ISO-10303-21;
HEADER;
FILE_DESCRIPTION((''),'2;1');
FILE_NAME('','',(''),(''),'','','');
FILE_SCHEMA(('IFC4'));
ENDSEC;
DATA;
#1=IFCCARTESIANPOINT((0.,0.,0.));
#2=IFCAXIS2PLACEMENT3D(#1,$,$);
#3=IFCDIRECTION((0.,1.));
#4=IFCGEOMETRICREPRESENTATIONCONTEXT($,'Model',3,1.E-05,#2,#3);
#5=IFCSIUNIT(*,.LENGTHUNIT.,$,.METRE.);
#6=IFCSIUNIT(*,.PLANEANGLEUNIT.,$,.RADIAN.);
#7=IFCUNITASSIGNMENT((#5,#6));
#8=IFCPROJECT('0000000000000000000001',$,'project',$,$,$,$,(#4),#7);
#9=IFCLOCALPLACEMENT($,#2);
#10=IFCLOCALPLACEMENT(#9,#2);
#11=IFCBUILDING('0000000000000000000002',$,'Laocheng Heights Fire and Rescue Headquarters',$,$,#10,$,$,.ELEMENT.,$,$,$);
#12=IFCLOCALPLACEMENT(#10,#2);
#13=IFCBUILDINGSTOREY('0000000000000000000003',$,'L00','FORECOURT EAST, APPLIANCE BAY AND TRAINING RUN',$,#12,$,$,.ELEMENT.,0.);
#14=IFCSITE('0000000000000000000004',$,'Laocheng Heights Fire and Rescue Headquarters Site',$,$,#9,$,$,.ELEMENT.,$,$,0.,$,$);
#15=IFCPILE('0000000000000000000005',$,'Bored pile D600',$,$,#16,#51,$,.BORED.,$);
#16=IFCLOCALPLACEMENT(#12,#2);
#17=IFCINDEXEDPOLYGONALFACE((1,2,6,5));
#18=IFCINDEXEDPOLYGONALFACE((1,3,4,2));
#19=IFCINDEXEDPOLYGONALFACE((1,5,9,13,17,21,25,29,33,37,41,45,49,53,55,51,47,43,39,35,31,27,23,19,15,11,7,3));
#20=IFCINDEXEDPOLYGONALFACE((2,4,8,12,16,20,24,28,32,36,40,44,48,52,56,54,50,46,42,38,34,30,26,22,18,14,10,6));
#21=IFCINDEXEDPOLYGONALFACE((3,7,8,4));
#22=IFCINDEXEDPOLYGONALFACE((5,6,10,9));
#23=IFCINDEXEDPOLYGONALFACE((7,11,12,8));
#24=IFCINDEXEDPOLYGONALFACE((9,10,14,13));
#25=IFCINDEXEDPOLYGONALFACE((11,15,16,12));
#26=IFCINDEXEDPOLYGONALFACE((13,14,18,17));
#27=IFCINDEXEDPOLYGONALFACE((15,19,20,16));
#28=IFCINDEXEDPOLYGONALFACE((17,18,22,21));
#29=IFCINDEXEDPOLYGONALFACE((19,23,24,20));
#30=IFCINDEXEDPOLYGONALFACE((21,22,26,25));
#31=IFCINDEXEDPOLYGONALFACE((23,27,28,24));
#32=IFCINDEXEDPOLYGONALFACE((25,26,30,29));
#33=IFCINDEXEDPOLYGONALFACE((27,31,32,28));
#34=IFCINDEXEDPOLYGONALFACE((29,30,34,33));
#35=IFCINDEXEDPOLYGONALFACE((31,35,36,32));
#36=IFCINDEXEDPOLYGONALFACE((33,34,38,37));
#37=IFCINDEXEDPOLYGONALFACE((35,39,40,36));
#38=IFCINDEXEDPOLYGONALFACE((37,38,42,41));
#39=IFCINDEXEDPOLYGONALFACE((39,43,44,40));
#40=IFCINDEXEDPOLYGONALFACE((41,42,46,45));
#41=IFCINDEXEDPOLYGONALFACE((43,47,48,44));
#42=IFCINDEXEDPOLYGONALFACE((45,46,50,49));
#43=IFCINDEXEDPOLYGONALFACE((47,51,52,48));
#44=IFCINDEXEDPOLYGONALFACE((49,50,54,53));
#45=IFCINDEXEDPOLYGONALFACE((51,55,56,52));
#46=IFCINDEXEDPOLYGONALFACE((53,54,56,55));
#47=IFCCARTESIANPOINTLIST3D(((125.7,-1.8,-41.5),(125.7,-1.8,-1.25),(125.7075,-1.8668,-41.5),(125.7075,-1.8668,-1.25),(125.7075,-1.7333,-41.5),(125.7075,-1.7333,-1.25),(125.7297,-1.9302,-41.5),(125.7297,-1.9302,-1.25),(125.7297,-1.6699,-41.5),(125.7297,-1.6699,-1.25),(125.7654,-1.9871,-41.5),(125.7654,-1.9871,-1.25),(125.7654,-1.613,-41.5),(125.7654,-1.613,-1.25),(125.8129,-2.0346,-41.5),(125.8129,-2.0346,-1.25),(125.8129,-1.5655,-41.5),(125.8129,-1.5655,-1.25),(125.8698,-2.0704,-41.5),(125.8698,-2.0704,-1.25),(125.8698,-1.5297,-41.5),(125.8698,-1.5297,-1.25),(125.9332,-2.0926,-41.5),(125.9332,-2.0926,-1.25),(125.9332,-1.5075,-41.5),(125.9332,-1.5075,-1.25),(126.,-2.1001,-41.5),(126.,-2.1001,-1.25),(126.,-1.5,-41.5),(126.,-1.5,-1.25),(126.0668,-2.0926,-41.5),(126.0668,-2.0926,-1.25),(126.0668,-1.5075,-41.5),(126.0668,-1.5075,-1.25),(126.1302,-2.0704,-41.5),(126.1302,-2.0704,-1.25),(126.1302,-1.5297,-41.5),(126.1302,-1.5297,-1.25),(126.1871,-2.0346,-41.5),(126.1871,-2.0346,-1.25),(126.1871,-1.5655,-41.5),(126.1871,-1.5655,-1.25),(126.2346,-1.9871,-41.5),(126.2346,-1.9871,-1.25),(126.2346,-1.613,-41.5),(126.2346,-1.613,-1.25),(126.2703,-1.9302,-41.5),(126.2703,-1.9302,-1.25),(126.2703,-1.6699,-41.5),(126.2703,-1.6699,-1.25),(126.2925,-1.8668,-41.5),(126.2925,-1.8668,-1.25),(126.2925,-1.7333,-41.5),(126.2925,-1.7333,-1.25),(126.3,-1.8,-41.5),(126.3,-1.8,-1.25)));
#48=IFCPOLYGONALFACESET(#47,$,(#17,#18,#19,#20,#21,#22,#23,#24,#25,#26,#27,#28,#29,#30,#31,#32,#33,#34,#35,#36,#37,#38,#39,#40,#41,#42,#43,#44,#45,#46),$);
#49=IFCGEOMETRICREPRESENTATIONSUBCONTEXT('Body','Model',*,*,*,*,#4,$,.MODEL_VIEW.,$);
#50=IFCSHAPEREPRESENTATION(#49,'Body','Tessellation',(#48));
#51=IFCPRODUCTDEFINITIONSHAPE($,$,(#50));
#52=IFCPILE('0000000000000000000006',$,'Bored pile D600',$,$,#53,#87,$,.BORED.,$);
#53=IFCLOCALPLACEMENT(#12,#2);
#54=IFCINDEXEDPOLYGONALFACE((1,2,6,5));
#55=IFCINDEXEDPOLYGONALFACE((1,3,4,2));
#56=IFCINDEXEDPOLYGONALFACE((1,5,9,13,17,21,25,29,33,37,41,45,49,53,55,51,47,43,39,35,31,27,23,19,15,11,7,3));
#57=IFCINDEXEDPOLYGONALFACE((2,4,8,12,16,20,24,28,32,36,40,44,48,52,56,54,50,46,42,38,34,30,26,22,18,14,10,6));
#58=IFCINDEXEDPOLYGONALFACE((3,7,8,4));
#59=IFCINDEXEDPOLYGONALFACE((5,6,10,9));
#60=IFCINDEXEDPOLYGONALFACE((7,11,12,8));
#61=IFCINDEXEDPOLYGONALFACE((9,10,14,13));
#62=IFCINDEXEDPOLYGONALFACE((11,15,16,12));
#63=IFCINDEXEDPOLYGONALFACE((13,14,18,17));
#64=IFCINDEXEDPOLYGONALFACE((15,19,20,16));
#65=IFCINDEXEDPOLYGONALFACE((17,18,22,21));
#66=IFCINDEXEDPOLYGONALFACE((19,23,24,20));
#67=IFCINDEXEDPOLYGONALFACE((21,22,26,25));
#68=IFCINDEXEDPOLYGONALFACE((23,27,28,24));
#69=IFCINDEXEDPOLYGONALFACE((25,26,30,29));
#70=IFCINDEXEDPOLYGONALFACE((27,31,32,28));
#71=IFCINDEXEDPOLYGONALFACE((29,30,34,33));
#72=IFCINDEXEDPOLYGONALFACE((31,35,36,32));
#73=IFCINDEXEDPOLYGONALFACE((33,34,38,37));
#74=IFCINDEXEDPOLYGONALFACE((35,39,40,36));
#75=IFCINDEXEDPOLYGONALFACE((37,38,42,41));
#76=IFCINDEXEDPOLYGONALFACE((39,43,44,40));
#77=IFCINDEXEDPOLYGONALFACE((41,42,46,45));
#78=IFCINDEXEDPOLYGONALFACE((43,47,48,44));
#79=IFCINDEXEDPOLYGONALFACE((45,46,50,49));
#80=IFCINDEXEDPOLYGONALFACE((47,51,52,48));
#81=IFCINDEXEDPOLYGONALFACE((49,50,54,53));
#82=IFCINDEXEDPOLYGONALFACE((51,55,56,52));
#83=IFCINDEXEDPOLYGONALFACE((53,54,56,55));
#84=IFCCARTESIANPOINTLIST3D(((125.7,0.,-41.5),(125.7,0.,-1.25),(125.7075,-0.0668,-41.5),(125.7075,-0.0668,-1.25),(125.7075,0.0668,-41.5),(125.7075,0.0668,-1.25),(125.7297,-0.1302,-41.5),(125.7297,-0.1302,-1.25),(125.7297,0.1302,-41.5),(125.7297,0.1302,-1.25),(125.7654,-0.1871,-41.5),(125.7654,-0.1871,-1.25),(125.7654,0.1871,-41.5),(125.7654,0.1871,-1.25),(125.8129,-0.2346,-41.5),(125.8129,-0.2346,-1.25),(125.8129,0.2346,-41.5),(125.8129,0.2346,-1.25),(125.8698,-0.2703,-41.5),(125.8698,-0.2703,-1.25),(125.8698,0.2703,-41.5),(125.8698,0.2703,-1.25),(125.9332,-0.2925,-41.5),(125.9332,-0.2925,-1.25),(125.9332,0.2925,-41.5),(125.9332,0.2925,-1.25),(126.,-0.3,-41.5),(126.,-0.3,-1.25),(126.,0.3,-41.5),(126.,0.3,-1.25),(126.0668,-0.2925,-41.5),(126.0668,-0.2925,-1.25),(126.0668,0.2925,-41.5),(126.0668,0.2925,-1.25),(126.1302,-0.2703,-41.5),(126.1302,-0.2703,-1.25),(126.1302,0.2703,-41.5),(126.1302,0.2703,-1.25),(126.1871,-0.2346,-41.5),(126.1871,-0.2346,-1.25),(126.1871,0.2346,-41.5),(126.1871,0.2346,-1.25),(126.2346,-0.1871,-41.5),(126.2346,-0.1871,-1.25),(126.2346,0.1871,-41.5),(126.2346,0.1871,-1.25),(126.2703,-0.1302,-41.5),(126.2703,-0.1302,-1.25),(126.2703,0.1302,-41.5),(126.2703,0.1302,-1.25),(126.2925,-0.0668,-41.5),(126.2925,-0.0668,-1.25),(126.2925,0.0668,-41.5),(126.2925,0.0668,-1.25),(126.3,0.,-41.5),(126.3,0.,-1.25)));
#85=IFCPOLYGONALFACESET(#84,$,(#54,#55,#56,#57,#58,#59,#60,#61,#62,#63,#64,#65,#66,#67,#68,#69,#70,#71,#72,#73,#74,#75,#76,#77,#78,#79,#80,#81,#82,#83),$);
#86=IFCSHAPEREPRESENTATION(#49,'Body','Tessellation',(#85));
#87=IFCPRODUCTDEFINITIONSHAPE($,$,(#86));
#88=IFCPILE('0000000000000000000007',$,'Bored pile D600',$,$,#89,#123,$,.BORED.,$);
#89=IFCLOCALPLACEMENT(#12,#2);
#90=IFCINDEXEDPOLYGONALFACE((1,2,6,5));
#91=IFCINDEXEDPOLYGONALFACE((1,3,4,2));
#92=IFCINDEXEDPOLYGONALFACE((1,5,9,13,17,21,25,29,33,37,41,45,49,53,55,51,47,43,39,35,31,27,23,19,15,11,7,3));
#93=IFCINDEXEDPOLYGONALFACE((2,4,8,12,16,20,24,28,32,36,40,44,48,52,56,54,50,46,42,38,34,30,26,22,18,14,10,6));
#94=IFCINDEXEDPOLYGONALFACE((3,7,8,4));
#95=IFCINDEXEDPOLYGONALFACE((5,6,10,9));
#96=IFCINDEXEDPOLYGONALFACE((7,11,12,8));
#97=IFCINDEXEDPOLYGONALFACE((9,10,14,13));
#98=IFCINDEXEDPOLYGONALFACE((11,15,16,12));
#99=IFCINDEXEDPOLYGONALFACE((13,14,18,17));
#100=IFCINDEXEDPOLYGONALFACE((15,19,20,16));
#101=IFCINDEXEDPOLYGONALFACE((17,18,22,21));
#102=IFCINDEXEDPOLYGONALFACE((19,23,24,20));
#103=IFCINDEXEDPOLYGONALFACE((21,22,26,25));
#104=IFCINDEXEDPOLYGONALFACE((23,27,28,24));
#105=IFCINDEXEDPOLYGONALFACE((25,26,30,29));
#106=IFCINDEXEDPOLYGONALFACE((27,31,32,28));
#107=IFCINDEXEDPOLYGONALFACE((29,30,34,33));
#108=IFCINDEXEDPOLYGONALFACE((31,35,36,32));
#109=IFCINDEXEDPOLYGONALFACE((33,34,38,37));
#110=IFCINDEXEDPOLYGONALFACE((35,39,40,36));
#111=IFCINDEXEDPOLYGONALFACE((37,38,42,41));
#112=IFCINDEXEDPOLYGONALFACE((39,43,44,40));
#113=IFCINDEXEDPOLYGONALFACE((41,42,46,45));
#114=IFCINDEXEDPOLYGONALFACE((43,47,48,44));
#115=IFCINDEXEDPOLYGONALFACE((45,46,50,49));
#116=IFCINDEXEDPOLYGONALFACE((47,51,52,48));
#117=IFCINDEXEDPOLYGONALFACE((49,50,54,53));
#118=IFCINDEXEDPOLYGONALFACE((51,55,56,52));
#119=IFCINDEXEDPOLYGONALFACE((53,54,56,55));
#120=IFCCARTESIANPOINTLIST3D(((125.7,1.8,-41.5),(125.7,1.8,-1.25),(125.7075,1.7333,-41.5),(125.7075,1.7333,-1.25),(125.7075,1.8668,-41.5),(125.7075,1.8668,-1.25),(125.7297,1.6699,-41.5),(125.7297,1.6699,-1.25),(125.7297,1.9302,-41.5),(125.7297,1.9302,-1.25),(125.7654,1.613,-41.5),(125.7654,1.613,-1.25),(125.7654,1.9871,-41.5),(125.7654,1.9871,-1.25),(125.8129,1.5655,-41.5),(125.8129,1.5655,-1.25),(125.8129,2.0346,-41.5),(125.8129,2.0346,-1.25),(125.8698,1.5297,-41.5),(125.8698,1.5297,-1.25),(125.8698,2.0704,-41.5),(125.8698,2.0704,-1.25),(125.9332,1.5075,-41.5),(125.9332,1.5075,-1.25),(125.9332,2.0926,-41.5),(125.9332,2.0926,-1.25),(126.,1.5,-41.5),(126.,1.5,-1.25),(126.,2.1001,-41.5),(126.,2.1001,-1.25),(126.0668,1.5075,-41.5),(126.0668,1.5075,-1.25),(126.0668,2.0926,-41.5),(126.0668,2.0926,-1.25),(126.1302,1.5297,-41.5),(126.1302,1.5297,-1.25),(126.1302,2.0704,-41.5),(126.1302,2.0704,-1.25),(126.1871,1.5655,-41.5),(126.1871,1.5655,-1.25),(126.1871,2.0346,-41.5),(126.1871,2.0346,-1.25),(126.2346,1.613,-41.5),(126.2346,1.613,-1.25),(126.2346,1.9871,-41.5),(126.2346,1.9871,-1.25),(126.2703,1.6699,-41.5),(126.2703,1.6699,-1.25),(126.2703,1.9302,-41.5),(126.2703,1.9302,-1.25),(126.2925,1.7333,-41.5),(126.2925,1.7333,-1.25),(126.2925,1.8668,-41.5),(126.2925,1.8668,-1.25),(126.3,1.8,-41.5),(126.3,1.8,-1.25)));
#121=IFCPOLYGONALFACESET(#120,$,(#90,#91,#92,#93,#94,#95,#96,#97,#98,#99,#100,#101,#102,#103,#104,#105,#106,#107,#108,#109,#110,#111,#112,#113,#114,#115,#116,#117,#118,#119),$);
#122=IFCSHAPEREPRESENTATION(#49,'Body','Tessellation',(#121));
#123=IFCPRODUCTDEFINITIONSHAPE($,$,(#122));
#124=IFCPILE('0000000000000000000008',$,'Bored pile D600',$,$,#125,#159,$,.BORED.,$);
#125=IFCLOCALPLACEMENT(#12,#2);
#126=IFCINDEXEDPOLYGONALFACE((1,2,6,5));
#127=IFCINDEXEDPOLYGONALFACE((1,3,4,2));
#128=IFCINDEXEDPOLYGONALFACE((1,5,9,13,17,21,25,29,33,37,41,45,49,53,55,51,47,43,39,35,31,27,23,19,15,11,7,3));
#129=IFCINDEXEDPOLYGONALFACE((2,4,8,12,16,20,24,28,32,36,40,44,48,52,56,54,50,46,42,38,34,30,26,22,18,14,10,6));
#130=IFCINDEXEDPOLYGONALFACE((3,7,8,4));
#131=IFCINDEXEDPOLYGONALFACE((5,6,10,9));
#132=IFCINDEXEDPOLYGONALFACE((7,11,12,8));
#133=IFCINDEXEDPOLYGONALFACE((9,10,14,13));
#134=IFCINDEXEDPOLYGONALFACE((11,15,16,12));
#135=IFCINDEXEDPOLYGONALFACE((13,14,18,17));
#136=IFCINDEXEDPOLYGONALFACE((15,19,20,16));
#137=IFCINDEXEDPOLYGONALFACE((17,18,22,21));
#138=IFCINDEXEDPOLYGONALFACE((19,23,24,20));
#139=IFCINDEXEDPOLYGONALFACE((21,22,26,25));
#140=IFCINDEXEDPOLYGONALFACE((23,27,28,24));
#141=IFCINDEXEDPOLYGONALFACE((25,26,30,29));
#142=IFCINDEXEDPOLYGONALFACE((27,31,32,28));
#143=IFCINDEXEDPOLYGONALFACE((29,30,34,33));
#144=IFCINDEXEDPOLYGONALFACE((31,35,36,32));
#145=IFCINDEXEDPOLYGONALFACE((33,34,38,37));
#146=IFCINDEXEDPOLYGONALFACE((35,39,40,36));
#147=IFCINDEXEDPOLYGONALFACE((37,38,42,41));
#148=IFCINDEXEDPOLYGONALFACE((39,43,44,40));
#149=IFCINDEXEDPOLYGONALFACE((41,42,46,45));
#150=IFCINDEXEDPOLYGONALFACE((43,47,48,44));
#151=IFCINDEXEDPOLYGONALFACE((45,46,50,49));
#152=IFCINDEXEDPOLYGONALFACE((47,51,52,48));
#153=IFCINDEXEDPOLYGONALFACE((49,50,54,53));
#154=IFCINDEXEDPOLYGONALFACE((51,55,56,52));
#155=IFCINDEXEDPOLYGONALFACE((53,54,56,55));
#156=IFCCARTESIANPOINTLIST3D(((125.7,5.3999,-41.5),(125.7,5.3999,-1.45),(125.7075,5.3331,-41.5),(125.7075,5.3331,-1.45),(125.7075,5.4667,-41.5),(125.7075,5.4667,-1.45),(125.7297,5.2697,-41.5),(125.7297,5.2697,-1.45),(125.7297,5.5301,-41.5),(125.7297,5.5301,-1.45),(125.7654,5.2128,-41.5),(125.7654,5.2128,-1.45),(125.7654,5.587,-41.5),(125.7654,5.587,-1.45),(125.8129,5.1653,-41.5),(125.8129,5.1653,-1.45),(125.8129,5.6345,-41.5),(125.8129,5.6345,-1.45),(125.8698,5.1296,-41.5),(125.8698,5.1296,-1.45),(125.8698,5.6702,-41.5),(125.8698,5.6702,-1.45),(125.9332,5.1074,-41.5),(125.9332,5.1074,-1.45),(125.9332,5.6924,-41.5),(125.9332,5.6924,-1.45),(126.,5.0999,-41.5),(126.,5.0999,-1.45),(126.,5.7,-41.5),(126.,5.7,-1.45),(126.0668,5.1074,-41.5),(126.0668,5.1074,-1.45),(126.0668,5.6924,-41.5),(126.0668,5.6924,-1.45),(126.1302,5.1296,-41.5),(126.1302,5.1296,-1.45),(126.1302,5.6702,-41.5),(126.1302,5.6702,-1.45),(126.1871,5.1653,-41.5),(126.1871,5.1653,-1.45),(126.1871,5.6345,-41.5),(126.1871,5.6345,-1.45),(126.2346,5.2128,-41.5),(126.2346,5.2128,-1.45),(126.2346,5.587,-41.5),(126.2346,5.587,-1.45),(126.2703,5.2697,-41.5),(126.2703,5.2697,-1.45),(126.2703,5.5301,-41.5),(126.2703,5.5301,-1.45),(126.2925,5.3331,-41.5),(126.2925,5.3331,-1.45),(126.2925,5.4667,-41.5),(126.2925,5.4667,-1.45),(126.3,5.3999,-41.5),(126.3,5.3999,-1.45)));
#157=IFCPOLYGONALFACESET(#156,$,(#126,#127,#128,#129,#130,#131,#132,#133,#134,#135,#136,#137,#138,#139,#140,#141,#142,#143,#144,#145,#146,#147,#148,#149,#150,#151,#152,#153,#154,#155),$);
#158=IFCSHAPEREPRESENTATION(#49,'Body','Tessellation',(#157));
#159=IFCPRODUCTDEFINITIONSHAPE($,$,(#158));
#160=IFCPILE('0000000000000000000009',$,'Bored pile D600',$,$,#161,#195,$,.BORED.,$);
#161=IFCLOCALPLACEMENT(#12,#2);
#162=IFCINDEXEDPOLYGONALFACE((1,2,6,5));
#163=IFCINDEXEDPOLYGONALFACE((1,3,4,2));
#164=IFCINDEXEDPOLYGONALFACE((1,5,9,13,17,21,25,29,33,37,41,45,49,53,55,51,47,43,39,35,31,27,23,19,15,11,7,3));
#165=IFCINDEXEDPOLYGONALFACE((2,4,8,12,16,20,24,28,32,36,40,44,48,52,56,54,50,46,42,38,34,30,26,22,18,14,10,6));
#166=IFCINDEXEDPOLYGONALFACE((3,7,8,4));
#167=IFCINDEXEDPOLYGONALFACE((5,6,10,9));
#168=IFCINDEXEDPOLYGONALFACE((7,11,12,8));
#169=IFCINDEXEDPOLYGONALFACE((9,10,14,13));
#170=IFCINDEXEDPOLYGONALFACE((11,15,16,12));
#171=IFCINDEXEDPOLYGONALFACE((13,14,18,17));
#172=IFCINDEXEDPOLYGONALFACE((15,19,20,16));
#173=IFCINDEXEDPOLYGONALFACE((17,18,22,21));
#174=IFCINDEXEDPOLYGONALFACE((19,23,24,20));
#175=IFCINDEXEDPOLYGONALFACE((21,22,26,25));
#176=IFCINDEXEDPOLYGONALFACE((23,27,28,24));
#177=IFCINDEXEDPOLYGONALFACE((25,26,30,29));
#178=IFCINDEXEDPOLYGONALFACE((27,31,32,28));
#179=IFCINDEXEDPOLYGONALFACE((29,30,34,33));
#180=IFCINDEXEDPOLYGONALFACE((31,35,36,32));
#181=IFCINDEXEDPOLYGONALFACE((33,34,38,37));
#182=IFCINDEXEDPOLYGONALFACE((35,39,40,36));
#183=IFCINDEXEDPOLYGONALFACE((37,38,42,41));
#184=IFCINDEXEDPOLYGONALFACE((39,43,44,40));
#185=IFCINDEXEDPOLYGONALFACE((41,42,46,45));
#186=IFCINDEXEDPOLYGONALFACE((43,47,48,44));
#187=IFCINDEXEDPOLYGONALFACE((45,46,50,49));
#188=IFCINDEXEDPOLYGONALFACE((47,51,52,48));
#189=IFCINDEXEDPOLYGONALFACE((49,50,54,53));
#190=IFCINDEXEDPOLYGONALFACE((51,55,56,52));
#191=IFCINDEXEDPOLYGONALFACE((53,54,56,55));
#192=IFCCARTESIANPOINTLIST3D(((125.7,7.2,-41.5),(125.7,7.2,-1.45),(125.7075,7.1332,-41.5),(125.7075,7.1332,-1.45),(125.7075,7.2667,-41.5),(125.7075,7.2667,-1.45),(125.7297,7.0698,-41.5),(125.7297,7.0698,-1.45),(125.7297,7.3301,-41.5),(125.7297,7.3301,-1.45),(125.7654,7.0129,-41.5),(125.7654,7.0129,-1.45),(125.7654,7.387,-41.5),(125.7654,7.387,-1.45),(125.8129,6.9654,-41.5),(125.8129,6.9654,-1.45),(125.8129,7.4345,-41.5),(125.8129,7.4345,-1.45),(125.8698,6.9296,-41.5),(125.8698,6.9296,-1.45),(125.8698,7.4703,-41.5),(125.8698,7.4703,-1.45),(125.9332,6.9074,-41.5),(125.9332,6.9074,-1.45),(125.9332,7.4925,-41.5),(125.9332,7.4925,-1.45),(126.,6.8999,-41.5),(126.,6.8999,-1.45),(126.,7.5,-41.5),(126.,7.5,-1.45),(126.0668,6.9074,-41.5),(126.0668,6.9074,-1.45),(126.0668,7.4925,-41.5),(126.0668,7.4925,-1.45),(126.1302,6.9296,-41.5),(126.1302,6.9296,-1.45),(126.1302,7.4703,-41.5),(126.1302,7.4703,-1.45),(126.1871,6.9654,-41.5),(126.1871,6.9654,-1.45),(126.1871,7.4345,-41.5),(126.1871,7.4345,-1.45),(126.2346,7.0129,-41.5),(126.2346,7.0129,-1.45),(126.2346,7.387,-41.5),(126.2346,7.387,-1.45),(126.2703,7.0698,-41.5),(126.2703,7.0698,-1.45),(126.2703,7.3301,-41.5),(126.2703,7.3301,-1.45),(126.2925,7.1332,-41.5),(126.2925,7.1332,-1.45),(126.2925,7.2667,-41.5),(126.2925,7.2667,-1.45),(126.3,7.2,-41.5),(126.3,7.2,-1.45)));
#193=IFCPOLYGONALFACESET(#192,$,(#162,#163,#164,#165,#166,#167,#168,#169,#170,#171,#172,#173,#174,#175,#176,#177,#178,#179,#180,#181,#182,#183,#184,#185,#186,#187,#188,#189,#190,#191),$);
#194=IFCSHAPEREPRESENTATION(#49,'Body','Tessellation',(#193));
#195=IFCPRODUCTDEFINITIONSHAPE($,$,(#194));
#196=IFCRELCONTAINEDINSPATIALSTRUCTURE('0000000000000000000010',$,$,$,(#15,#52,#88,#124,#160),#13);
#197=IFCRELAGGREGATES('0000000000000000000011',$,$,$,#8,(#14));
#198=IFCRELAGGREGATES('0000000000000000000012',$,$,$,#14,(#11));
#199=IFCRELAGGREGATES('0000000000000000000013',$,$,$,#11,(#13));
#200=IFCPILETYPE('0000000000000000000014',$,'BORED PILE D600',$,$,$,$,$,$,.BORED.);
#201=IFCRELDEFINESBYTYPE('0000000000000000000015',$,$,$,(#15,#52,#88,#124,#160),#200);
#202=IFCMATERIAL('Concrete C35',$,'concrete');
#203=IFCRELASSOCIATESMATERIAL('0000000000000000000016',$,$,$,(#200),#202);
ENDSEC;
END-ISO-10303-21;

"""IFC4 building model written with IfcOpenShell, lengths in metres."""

from ifc_helpers import new_model, si_unit, direction, frame, origin, origin_2d, place, context, subcontext, project, spatial, circle, extrude, material, material_profile, profile_set, type_object, element, save


model = new_model("IFC4")

# Units and contexts
model_context = context("Model", 3, precision=1e-05, world=origin(), true_north=direction((0.0, 1.0)))
body_context = subcontext(model_context, "Body", "Model", "MODEL_VIEW")
ifc_project = project(units=[si_unit("LENGTHUNIT", "METRE"), si_unit("PLANEANGLEUNIT", "RADIAN")], contexts=[model_context])

# Site, building, storey
site_placement = place(None, origin())
site = spatial("IfcSite", under=ifc_project, at=site_placement, Name="Laocheng Heights Fire and Rescue Headquarters Site", CompositionType="ELEMENT", RefElevation=0.0)
building_placement = place(site_placement, origin())
building = spatial("IfcBuilding", under=site, at=building_placement, Name="Laocheng Heights Fire and Rescue Headquarters", CompositionType="ELEMENT")
storey_placement = place(building_placement, origin())
storey = spatial("IfcBuildingStorey", under=building, at=storey_placement, Name="L00", Description="FORECOURT EAST, APPLIANCE BAY AND TRAINING RUN", CompositionType="ELEMENT", Elevation=0.0)

# Piles
ifc_material_1 = material(Name="Concrete C35", Category="concrete")
ifc_material_profile_1 = material_profile(ifc_material_1, circle(Radius=0.3, at=origin_2d()), Name="BORED PILE D600")
ifc_profile_set_1 = profile_set([ifc_material_profile_1], Name="Concrete C35")
pile_type_1 = type_object("IfcPileType", Name="BORED PILE D600", PredefinedType="BORED", material=ifc_profile_set_1)
for number, where, z_axis, x_axis, name in (
    (1, (126.0, -1.8, -1.25), (0.0, 0.0, -1.0), (1.0, 0.0, 0.0), "Bored pile D600"),
    (2, (126.0, 0.0, -1.25), (0.0, 0.0, -1.0), (1.0, 0.0, 0.0), "Bored pile D600"),
    (3, (126.0, 1.8, -1.25), (0.0, 0.0, -1.0), (1.0, 0.0, 0.0), "Bored pile D600"),
):
    element("IfcPile", number, at=place(storey_placement, frame(where, z_axis=z_axis, x_axis=x_axis)), inside=storey, type_object=pile_type_1, Name=name, PredefinedType="BORED", context=body_context, shape_type="SweptSolid", body=[
        extrude(circle(Radius=0.3, at=origin_2d()), origin(), (0.0, 0.0, 1.0), 40.25),
    ])
for number, where, z_axis, x_axis, name in (
    (4, (126.0, 5.3999, -1.45), (0.0, 0.0, -1.0), (1.0, 0.0, 0.0), "Bored pile D600"),
    (5, (126.0, 7.2, -1.45), (0.0, 0.0, -1.0), (1.0, 0.0, 0.0), "Bored pile D600"),
):
    element("IfcPile", number, at=place(storey_placement, frame(where, z_axis=z_axis, x_axis=x_axis)), inside=storey, type_object=pile_type_1, Name=name, PredefinedType="BORED", context=body_context, shape_type="SweptSolid", body=[
        extrude(circle(Radius=0.3, at=origin_2d()), origin(), (0.0, 0.0, 1.0), 40.05),
    ])

save(model, "model.ifc")
